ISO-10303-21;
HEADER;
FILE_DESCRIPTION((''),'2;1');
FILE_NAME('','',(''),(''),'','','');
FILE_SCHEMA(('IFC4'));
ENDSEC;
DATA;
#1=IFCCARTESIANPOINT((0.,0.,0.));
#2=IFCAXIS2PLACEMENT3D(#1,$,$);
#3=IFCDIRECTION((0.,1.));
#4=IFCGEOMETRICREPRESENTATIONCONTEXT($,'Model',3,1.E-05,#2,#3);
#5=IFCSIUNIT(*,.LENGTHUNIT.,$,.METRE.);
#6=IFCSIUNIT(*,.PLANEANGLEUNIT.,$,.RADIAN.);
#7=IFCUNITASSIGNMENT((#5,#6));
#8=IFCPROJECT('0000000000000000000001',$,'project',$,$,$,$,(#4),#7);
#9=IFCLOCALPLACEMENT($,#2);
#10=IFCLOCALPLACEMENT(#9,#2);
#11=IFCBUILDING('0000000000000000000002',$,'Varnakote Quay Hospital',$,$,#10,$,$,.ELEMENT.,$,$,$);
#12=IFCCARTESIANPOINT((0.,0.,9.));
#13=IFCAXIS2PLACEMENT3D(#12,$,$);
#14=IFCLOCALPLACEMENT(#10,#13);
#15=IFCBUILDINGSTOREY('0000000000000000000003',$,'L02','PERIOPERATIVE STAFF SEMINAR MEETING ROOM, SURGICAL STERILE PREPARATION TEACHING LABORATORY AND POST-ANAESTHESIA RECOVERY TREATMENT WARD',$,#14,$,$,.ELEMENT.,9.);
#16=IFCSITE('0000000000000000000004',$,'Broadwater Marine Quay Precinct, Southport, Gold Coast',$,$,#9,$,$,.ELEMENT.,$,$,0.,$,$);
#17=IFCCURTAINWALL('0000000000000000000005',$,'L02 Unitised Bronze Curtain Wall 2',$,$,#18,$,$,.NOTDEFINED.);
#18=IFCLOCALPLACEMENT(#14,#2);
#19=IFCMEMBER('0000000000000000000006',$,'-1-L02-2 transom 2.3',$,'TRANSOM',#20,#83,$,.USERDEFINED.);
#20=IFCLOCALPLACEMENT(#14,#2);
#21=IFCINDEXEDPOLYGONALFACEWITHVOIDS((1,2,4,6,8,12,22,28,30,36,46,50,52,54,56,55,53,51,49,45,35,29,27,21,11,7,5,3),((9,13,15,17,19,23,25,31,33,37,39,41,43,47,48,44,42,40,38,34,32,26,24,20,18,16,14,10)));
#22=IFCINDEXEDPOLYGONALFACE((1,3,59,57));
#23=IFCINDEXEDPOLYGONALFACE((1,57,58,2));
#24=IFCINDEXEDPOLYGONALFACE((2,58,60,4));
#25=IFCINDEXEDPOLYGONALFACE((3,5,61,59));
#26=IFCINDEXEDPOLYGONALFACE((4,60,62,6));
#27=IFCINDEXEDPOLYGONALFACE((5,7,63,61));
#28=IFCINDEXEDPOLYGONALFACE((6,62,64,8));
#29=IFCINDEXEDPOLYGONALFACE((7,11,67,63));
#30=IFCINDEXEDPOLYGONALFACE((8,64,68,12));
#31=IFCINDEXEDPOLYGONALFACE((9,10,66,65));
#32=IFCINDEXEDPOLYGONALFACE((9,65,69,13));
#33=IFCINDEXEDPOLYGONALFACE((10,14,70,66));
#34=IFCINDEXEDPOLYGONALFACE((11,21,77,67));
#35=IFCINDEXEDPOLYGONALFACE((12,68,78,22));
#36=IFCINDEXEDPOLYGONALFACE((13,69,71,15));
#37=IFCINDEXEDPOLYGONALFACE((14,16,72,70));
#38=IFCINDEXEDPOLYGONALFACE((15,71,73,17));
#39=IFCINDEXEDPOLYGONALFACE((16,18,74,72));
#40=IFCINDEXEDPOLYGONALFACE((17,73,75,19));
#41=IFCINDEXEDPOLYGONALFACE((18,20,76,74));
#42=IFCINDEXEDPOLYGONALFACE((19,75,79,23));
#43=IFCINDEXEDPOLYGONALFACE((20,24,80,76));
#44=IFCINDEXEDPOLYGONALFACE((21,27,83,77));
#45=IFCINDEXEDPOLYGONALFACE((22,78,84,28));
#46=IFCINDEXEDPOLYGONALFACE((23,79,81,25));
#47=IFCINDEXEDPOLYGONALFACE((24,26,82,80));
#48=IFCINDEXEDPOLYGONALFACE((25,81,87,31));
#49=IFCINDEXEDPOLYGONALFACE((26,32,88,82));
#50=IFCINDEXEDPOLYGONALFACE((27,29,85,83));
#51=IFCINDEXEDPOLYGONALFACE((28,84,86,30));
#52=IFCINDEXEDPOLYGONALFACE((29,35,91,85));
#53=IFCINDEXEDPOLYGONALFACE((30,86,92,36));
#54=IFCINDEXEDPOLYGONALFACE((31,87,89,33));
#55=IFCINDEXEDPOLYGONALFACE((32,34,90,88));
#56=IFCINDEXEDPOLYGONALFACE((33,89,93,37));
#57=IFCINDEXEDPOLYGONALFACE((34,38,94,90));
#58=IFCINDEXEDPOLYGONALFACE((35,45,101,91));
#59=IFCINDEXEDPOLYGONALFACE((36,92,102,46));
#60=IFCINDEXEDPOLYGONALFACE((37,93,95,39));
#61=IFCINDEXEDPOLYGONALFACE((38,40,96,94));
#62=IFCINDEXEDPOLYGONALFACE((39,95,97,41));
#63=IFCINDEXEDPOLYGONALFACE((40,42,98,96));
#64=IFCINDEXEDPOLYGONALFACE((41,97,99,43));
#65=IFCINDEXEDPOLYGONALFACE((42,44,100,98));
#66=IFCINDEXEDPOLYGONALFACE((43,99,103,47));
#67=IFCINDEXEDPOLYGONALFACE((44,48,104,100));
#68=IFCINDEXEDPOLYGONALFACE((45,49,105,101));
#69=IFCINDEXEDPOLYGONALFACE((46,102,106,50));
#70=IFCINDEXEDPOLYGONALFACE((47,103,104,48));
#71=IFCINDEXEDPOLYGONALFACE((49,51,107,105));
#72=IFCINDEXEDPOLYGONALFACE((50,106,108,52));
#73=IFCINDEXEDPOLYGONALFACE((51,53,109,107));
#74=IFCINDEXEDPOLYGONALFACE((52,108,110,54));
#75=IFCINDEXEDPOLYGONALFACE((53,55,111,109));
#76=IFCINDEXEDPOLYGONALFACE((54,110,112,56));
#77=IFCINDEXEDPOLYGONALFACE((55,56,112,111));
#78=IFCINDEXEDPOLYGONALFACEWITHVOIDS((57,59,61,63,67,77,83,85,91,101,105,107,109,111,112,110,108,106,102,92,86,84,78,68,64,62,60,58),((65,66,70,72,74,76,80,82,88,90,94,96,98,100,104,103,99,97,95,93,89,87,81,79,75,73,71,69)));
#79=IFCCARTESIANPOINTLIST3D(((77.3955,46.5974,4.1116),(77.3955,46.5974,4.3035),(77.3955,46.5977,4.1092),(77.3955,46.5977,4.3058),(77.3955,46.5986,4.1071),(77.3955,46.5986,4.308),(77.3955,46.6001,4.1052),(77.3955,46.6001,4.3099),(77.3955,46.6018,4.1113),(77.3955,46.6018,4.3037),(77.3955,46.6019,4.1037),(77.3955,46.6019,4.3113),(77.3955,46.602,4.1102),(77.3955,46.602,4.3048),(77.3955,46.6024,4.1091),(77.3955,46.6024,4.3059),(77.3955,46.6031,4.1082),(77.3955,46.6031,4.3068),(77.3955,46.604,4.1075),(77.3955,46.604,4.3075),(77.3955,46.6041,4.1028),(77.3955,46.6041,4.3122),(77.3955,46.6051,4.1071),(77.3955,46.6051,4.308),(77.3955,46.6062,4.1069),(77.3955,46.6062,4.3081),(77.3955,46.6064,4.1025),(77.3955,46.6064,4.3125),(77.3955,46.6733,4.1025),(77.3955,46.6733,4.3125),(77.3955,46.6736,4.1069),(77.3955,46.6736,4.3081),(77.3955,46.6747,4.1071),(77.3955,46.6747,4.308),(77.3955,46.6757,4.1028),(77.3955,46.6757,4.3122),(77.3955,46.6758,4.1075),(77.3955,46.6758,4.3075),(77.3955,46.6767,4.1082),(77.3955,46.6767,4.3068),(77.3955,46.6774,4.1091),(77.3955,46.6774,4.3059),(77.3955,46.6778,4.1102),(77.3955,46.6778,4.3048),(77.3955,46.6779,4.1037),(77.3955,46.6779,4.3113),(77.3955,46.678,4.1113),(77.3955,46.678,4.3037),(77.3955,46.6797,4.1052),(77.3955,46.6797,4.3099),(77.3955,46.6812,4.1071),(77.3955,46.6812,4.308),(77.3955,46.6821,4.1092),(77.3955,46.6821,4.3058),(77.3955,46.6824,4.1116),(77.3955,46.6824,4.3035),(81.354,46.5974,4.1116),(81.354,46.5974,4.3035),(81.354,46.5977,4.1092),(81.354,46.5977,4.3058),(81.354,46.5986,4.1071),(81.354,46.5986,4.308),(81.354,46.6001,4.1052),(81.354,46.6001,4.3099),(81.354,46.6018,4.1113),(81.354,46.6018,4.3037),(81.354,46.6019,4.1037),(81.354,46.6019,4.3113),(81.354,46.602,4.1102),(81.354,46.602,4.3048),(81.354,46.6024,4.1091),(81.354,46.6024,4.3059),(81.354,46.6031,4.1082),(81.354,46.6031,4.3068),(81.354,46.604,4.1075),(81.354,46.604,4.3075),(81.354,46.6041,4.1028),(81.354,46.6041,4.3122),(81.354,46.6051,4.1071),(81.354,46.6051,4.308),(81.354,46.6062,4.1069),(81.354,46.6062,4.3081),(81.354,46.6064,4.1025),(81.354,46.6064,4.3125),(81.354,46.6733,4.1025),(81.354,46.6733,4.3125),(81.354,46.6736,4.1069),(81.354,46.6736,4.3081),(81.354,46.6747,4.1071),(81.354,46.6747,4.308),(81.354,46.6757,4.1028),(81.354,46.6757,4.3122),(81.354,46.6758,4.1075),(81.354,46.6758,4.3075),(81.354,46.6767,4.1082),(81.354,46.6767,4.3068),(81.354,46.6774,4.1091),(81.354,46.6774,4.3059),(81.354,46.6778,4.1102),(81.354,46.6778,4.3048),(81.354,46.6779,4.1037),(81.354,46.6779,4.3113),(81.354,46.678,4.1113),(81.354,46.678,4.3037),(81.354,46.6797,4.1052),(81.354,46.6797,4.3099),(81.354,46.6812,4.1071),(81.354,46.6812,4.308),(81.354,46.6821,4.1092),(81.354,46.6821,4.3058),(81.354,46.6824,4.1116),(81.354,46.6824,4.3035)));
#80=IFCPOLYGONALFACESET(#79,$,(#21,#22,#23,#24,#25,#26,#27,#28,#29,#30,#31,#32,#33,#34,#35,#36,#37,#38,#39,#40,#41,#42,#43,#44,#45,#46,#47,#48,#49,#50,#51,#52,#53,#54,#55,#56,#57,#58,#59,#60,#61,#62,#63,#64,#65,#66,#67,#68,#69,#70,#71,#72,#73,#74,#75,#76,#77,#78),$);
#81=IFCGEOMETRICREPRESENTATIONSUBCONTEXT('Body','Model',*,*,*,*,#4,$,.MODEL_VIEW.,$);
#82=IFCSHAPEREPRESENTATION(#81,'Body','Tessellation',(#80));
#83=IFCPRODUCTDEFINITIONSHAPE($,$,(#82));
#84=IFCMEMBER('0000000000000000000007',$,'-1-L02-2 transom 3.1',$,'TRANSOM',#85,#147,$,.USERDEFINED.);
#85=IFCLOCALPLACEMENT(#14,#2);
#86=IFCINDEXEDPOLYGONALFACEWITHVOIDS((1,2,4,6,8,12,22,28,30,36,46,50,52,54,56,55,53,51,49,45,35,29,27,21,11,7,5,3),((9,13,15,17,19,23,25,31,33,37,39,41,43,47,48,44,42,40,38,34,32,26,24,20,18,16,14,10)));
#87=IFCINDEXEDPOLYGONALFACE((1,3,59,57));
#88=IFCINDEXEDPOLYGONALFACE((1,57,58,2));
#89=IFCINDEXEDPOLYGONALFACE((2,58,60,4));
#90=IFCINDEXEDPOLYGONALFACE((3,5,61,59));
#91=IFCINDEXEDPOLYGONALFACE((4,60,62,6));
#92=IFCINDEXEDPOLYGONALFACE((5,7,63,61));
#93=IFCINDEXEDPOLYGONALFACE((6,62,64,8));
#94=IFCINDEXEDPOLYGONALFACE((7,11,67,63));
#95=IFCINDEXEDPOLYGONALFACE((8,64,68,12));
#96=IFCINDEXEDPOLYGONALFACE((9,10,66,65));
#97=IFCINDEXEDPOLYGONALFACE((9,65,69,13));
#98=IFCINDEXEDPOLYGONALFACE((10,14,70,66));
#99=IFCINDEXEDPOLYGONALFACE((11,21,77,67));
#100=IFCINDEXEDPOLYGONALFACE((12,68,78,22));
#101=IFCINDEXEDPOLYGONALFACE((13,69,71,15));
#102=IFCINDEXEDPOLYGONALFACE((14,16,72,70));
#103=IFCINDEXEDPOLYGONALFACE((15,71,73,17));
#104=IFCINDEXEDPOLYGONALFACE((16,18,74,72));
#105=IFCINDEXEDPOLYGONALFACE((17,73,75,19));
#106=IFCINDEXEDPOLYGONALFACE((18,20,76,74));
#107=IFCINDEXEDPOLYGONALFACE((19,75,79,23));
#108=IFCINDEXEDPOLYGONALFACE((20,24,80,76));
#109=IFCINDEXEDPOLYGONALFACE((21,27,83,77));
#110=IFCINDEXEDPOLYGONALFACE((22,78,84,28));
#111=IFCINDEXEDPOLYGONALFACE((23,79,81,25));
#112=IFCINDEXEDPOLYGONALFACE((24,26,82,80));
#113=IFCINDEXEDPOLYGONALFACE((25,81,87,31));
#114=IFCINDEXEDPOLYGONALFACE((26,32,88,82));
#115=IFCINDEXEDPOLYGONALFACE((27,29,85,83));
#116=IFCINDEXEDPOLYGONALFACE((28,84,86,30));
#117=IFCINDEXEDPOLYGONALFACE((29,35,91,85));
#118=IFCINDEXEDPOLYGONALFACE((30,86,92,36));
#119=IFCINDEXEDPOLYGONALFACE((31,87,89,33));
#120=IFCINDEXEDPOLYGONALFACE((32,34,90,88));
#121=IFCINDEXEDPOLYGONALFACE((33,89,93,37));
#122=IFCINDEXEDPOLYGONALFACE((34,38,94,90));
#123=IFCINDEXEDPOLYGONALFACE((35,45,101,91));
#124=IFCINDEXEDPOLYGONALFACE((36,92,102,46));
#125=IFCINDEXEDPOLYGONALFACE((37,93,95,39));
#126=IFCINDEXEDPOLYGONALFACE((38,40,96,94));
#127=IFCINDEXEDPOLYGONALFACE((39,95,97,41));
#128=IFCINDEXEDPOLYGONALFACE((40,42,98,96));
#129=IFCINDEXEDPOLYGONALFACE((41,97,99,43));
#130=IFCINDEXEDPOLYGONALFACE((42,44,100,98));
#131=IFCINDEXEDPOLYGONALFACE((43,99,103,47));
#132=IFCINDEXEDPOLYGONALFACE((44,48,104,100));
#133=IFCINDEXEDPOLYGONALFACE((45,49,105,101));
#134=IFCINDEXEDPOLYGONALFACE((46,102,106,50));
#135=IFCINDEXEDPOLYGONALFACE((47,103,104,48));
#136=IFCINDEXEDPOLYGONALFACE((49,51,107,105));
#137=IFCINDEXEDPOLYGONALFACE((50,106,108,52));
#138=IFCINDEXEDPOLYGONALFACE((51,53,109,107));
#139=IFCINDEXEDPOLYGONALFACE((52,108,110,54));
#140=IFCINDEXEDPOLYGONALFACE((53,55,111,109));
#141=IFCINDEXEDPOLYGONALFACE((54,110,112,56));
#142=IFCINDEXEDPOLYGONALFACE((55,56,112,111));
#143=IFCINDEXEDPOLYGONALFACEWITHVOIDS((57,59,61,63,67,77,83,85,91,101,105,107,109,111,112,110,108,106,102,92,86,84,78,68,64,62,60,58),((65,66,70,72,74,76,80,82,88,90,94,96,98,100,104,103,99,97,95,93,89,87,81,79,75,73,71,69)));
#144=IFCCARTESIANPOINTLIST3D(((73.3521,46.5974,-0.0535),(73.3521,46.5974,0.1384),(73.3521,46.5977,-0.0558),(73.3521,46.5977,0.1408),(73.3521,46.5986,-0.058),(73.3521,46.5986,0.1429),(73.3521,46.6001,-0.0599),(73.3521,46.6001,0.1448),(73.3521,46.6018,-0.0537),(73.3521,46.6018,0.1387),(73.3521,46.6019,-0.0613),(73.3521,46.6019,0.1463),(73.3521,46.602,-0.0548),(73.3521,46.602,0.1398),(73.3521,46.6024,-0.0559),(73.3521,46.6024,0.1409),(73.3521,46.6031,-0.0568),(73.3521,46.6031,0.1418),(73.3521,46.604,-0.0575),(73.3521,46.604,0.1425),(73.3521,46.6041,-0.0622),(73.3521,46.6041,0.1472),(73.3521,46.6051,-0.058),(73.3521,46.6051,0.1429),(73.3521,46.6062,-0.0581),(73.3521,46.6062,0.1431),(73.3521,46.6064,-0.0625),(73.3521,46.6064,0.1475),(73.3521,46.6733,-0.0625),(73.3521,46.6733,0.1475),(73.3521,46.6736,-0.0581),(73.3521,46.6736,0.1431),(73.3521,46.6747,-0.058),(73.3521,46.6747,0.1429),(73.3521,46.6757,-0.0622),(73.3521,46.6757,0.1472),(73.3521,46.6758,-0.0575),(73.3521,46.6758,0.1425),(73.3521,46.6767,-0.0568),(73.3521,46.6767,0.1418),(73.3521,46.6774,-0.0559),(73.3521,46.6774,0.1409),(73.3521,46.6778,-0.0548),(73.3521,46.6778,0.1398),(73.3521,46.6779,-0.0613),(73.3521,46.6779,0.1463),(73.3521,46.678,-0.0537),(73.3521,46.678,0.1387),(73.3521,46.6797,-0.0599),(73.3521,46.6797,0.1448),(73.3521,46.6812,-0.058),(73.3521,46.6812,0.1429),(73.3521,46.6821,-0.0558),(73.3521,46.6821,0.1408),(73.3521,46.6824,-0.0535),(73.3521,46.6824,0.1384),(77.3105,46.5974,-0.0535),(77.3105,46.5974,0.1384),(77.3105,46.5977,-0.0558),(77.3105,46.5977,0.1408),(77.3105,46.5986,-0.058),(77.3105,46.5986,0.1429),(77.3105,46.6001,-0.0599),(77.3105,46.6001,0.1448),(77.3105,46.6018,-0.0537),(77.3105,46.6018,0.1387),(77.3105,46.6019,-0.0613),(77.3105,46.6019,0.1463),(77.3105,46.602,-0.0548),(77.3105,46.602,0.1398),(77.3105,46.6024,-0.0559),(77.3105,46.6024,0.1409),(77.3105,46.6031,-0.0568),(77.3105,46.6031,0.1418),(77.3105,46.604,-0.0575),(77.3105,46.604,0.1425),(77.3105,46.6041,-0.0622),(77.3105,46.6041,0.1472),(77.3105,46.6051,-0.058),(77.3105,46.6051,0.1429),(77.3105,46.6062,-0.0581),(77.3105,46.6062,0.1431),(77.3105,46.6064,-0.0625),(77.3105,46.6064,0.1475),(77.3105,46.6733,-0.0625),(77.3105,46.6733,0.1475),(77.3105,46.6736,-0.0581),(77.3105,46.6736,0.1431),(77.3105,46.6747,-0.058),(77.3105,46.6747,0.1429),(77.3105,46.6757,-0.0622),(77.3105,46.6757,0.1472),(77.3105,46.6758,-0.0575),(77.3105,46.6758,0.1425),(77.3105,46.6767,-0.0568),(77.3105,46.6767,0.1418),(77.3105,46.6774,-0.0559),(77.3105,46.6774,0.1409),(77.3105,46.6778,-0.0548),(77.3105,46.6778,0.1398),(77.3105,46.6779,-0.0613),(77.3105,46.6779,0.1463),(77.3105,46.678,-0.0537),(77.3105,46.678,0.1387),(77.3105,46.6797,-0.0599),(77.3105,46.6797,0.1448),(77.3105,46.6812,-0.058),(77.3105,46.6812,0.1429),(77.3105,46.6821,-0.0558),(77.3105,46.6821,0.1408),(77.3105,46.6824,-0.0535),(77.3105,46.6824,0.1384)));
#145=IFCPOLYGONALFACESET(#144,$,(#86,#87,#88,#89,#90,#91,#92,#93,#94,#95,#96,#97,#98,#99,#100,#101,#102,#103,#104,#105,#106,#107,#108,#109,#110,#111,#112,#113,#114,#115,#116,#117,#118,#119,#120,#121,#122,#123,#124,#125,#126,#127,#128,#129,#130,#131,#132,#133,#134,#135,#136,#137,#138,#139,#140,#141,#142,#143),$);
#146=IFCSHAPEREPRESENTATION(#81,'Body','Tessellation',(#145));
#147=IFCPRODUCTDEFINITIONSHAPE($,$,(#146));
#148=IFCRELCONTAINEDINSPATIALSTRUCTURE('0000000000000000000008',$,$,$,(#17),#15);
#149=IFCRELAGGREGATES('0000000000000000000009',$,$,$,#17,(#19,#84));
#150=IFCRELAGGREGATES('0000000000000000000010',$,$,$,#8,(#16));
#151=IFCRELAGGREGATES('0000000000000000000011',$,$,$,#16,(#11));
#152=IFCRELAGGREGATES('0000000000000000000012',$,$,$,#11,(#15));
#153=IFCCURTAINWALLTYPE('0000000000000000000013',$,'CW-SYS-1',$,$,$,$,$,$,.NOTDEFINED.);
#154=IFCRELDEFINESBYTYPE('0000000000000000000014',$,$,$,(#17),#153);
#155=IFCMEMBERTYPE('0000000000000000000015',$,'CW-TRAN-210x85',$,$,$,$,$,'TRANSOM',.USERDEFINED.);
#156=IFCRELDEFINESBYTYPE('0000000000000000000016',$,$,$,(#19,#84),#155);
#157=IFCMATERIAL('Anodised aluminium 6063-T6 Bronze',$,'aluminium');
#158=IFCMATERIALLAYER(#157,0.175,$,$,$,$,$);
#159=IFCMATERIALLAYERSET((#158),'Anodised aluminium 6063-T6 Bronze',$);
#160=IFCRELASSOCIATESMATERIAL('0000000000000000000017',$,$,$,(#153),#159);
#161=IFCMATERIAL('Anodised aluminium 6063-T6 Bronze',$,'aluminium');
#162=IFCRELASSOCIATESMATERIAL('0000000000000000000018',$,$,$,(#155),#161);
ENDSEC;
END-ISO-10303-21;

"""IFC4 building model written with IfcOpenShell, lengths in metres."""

from ifc_helpers import new_model, si_unit, direction, frame, origin, origin_2d, place, context, subcontext, project, spatial, hollow_rectangle, extrude, material, layer, layer_set, material_profile, profile_set, type_object, element, aggregate, save


model = new_model("IFC4")

# Units and contexts
model_context = context("Model", 3, precision=1e-05, world=origin(), true_north=direction((0.0, 1.0)))
body_context = subcontext(model_context, "Body", "Model", "MODEL_VIEW")
ifc_project = project(units=[si_unit("LENGTHUNIT", "METRE"), si_unit("PLANEANGLEUNIT", "RADIAN")], contexts=[model_context])

# Site, building, storey
site_placement = place(None, origin())
site = spatial("IfcSite", under=ifc_project, at=site_placement, Name="Broadwater Marine Quay Precinct, Southport, Gold Coast", CompositionType="ELEMENT", RefElevation=0.0)
building_placement = place(site_placement, origin())
building = spatial("IfcBuilding", under=site, at=building_placement, Name="Varnakote Quay Hospital", CompositionType="ELEMENT")
storey_placement = place(building_placement, frame((0.0, 0.0, 9.0)))
storey = spatial("IfcBuildingStorey", under=building, at=storey_placement, Name="L02", Description="PERIOPERATIVE STAFF SEMINAR MEETING ROOM, SURGICAL STERILE PREPARATION TEACHING LABORATORY AND POST-ANAESTHESIA RECOVERY TREATMENT WARD", CompositionType="ELEMENT", Elevation=9.0)

# Shared definitions
ifc_material_1 = material(Name="Anodised aluminium 6063-T6 Bronze", Category="aluminium")
ifc_layer_1 = layer(ifc_material_1, 0.175)
ifc_layer_set_1 = layer_set([ifc_layer_1], Name="Anodised aluminium 6063-T6 Bronze")
curtain_wall_type = type_object("IfcCurtainWallType", Name="CW-SYS-1", PredefinedType="NOTDEFINED", material=ifc_layer_set_1)

# Curtain wall, members
curtain_wall_1_placement = place(storey_placement, origin())
curtain_wall_1 = element("IfcCurtainWall", 1, at=curtain_wall_1_placement, inside=storey, type_object=curtain_wall_type, Name="L02 Unitised Bronze Curtain Wall 2", PredefinedType="NOTDEFINED")
ifc_material_2 = material(Name="Anodised aluminium 6063-T6 Bronze", Category="aluminium")
ifc_material_profile_1 = material_profile(ifc_material_2, hollow_rectangle(XDim=0.085, YDim=0.21, WallThickness=0.0044, InnerFilletRadius=0.0044, OuterFilletRadius=0.009, at=origin_2d()), Name="CW-TRAN-210x85")
ifc_profile_set_1 = profile_set([ifc_material_profile_1], Name="Anodised aluminium 6063-T6 Bronze")
member_type_1 = type_object("IfcMemberType", Name="CW-TRAN-210x85", ElementType="TRANSOM", PredefinedType="USERDEFINED", material=ifc_profile_set_1)
member_1_placement = place(storey_placement, frame((81.354, 46.6399, 4.2075), z_axis=(-1.0, 0.0, 0.0), x_axis=(0.0, -1.0, 0.0)))
member_1 = element("IfcMember", 2, at=member_1_placement, type_object=member_type_1, Name="-1-L02-2 transom 2.3", ObjectType="TRANSOM", PredefinedType="USERDEFINED", context=body_context, shape_type="SweptSolid", body=[
    extrude(hollow_rectangle(XDim=0.085, YDim=0.21, WallThickness=0.0044, InnerFilletRadius=0.0044, OuterFilletRadius=0.009, at=origin_2d()), origin(), (0.0, 0.0, 1.0), 3.9585),
])
member_2_placement = place(storey_placement, frame((77.3105, 46.6399, 0.0425), z_axis=(-1.0, 0.0, 0.0), x_axis=(0.0, -1.0, 0.0)))
member_2 = element("IfcMember", 3, at=member_2_placement, type_object=member_type_1, Name="-1-L02-2 transom 3.1", ObjectType="TRANSOM", PredefinedType="USERDEFINED", context=body_context, shape_type="SweptSolid", body=[
    extrude(hollow_rectangle(XDim=0.085, YDim=0.21, WallThickness=0.0044, InnerFilletRadius=0.0044, OuterFilletRadius=0.009, at=origin_2d()), origin(), (0.0, 0.0, 1.0), 3.9585),
])

aggregate(curtain_wall_1, [member_1, member_2])

save(model, "model.ifc")
